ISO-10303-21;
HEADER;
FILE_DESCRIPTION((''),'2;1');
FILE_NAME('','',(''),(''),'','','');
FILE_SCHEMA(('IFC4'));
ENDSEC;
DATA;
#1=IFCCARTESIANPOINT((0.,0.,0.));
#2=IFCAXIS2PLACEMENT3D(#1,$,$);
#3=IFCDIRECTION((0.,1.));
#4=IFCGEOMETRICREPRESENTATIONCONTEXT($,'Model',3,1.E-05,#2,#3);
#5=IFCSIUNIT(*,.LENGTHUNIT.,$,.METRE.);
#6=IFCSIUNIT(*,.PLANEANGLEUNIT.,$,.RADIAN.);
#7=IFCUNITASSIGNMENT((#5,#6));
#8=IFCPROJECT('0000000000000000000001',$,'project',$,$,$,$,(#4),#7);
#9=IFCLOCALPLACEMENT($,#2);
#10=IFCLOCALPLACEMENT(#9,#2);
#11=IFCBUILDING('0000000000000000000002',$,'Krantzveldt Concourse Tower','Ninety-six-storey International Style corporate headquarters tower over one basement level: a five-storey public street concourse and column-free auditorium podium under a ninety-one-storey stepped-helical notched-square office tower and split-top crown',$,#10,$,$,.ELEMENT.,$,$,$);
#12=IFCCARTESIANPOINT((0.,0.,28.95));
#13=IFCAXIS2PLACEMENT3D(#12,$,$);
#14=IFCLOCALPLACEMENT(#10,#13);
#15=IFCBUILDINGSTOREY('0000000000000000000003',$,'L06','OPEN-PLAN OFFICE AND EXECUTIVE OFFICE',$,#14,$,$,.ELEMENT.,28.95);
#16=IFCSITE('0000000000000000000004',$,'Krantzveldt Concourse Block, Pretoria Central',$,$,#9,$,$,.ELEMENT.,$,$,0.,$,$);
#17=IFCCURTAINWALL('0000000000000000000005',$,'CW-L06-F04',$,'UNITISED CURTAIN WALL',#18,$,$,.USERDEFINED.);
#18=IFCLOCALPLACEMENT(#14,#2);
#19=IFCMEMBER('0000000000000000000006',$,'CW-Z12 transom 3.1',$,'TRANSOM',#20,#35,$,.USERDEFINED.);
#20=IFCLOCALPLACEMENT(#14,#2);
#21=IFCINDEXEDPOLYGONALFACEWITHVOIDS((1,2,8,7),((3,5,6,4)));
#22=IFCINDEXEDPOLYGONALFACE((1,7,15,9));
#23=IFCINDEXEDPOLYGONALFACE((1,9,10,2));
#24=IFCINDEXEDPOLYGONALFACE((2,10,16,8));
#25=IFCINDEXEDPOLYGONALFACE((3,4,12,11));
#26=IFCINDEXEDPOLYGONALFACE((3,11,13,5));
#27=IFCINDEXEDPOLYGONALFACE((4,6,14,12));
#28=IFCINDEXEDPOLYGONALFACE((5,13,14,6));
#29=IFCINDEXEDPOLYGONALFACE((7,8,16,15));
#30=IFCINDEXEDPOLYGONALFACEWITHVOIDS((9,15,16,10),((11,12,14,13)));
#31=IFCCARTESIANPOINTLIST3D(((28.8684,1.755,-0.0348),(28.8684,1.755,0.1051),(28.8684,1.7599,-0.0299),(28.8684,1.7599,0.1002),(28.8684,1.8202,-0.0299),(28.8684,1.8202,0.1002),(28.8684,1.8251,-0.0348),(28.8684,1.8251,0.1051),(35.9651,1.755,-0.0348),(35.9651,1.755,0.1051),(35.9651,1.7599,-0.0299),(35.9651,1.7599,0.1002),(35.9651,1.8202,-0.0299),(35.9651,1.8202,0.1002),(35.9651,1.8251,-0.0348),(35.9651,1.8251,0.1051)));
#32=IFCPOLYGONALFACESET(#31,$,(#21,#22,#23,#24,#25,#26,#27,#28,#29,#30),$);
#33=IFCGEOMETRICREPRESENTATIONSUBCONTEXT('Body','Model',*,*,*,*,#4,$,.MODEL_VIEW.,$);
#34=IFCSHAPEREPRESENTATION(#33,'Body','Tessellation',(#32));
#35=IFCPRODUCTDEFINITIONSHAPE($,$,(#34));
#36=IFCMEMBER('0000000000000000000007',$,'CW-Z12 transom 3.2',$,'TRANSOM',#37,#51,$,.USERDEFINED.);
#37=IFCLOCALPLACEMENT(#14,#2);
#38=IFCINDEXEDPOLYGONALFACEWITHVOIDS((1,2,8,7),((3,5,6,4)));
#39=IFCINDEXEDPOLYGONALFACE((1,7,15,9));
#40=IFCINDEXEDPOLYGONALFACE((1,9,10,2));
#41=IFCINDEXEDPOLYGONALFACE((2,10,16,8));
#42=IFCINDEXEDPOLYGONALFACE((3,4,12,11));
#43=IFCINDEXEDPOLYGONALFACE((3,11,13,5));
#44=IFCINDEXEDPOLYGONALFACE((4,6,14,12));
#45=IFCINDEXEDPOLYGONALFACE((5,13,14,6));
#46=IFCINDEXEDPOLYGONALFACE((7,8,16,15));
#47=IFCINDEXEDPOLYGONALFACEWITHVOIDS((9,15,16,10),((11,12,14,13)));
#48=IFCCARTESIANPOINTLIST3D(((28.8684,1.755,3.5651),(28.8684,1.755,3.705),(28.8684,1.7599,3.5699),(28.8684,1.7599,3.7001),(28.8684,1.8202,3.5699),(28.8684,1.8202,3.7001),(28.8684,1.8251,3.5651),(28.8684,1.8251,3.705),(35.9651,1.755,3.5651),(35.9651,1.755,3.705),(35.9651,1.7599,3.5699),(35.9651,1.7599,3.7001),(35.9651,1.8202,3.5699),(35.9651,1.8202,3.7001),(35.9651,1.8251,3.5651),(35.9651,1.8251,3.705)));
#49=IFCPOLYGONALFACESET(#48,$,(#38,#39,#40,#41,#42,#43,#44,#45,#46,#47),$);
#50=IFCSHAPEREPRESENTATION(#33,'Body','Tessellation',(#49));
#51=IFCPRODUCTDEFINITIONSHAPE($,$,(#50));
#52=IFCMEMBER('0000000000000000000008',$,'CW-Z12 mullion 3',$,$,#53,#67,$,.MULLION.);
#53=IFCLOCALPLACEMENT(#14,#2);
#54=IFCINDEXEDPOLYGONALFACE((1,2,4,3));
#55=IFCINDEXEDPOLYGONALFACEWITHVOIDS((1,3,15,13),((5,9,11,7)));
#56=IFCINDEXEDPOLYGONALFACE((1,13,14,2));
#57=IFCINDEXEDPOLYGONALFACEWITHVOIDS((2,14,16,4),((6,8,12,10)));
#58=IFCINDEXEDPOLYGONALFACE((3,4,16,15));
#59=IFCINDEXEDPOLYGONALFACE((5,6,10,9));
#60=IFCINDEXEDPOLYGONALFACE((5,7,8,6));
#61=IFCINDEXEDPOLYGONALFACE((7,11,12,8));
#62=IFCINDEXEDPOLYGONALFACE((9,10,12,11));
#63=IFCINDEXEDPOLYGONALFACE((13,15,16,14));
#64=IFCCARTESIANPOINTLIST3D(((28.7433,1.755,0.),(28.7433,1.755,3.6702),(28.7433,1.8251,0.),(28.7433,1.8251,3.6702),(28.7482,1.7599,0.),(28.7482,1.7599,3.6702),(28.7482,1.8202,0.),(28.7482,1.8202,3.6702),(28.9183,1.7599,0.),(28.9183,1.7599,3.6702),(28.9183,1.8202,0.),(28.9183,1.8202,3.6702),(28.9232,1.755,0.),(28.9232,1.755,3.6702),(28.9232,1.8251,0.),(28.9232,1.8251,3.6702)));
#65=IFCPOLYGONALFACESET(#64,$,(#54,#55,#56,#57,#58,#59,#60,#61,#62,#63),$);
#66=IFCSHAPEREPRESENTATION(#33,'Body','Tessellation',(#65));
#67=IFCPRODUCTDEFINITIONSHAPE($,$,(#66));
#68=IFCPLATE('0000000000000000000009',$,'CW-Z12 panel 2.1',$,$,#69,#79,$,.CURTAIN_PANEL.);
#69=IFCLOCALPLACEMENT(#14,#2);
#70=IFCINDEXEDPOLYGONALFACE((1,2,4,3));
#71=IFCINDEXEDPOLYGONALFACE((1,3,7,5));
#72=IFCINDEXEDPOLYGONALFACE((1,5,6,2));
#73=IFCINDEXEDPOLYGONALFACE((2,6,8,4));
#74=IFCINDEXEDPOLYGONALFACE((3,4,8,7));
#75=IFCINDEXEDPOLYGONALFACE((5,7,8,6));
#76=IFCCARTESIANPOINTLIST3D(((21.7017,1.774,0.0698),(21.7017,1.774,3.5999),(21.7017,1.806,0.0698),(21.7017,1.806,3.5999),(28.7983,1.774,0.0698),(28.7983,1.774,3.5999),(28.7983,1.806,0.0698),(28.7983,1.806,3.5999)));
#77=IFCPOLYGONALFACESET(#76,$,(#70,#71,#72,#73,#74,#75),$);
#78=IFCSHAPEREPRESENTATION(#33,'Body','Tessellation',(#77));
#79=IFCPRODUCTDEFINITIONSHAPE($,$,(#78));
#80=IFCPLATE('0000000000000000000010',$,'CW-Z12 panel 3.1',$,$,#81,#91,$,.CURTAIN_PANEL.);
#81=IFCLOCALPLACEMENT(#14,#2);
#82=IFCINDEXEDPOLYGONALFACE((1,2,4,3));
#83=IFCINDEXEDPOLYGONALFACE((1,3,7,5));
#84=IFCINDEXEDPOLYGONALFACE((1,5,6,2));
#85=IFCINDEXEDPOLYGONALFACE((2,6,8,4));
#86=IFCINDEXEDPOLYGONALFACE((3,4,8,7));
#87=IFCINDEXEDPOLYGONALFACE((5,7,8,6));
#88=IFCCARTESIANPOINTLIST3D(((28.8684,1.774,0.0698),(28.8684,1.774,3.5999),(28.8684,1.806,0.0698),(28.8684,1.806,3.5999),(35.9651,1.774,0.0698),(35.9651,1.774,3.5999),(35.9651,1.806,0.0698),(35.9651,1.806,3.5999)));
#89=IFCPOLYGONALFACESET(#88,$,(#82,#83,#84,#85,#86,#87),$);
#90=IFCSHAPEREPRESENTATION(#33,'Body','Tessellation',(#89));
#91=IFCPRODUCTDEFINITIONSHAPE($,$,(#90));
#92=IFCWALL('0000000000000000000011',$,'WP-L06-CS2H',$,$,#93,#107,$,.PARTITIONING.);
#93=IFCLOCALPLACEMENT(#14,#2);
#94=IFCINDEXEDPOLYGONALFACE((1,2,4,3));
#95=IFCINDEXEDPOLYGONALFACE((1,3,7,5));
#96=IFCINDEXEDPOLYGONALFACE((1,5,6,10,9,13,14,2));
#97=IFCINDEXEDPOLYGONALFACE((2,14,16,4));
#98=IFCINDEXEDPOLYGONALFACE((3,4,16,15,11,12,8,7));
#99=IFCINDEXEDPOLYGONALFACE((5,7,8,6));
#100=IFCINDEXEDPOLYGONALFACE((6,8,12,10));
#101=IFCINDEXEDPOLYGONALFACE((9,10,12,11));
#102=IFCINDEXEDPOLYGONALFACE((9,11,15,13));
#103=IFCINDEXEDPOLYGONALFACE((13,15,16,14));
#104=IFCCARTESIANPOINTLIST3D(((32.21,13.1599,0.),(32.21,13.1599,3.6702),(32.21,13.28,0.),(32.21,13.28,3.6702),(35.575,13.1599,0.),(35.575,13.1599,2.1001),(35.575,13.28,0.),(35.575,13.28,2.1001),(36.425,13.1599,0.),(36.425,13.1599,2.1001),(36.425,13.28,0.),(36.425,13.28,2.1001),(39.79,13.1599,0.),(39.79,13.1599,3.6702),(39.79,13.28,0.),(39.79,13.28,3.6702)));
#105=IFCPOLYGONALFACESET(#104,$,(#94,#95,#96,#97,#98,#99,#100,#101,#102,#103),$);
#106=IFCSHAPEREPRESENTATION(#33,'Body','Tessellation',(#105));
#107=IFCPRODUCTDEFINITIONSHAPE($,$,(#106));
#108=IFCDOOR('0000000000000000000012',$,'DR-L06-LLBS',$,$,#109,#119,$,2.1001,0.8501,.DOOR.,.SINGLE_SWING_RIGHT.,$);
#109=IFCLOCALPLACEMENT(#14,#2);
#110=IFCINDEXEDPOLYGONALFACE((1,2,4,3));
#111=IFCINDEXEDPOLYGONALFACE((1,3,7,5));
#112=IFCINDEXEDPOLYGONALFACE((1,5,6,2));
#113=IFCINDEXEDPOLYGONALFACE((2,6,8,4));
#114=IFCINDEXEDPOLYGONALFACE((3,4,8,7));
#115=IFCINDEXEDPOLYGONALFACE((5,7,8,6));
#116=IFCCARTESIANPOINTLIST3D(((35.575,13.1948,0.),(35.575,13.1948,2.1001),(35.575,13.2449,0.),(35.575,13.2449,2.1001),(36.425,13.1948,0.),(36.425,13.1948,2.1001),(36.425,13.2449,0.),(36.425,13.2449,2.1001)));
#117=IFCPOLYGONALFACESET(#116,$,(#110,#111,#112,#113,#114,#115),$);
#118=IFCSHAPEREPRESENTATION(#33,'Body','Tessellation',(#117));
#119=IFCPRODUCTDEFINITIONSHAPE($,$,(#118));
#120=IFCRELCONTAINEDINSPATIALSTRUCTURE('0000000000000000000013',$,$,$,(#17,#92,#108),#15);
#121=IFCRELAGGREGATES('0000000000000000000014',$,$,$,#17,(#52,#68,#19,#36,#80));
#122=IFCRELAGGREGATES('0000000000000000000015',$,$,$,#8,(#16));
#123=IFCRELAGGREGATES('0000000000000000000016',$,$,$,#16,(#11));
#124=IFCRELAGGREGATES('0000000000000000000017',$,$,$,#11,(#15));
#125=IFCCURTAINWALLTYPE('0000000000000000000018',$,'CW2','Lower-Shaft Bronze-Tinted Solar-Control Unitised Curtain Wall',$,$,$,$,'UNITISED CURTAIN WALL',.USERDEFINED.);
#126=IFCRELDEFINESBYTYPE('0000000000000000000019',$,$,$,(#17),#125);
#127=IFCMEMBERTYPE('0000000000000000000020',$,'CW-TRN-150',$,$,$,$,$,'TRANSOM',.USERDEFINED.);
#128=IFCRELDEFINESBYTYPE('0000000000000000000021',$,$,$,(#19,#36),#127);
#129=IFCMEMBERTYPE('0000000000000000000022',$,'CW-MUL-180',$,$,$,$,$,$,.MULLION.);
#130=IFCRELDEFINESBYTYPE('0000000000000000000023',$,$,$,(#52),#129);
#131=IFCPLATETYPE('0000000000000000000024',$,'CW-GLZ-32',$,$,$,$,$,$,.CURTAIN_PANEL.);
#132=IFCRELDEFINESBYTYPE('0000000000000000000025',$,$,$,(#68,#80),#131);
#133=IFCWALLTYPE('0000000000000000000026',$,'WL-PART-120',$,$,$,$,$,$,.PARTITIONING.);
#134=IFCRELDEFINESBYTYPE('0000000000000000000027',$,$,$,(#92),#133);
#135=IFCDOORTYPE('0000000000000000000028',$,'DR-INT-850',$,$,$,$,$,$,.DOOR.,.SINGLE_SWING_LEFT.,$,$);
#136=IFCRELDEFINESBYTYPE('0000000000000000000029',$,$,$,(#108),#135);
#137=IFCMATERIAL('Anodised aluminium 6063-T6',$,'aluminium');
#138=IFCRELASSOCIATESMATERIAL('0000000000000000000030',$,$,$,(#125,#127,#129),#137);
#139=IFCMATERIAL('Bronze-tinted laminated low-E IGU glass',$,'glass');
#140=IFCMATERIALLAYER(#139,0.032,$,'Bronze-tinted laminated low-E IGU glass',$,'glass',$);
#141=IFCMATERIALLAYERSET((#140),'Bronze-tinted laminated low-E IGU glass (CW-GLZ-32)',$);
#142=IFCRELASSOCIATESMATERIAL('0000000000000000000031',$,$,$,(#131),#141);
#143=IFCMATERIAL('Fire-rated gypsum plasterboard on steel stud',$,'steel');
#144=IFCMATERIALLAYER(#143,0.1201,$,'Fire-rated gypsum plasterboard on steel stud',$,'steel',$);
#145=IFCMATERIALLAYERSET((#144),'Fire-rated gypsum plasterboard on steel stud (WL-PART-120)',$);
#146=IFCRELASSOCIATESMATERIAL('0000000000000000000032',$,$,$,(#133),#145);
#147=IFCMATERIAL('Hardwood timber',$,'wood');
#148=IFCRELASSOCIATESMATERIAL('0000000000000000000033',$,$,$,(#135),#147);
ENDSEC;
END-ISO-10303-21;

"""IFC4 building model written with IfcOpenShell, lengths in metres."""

from ifc_helpers import new_model, si_unit, direction, frame, frame_2d, origin, origin_2d, place, context, subcontext, project, spatial, rectangle, hollow_rectangle, extrude, source, transform, mapped, material, layer, layer_set, material_profile, profile_set, type_object, type_shapes, element, fill, aggregate, save


model = new_model("IFC4")

# Units and contexts
model_context = context("Model", 3, precision=1e-05, world=origin(), true_north=direction((0.0, 1.0)))
body_context = subcontext(model_context, "Body", "Model", "MODEL_VIEW")
ifc_project = project(units=[si_unit("LENGTHUNIT", "METRE"), si_unit("PLANEANGLEUNIT", "RADIAN")], contexts=[model_context])

# Site, building, storey
site_placement = place(None, origin())
site = spatial("IfcSite", under=ifc_project, at=site_placement, Name="Krantzveldt Concourse Block, Pretoria Central", CompositionType="ELEMENT", RefElevation=0.0)
building_placement = place(site_placement, origin())
building = spatial("IfcBuilding", under=site, at=building_placement, Name="Krantzveldt Concourse Tower", Description="Ninety-six-storey International Style corporate headquarters tower over one basement level: a five-storey public street concourse and column-free auditorium podium under a ninety-one-storey stepped-helical notched-square office tower and split-top crown", CompositionType="ELEMENT")
storey_placement = place(building_placement, frame((0.0, 0.0, 28.95)))
storey = spatial("IfcBuildingStorey", under=building, at=storey_placement, Name="L06", Description="OPEN-PLAN OFFICE AND EXECUTIVE OFFICE", CompositionType="ELEMENT", Elevation=28.95)

# Curtain wall, members, plates
ifc_material_1 = material(Name="Anodised aluminium 6063-T6", Category="aluminium")
curtain_wall_type = type_object("IfcCurtainWallType", Name="CW2", Description="Lower-Shaft Bronze-Tinted Solar-Control Unitised Curtain Wall", ElementType="UNITISED CURTAIN WALL", PredefinedType="USERDEFINED", material=ifc_material_1)
curtain_wall_placement = place(storey_placement, origin())
curtain_wall = element("IfcCurtainWall", 1, at=curtain_wall_placement, inside=storey, type_object=curtain_wall_type, Name="CW-L06-F04", ObjectType="UNITISED CURTAIN WALL", PredefinedType="USERDEFINED")
ifc_material_profile_1 = material_profile(ifc_material_1, hollow_rectangle(XDim=0.0701, YDim=0.1399, WallThickness=0.0049, at=origin_2d()), Name="Anodised aluminium 6063-T6", Category="aluminium")
ifc_profile_set_1 = profile_set([ifc_material_profile_1], Name="Anodised aluminium 6063-T6 - ALU-TRAN 140x70x5")
member_type_1 = type_object("IfcMemberType", Name="CW-TRN-150", ElementType="TRANSOM", PredefinedType="USERDEFINED", material=ifc_profile_set_1)
shared_shape_1 = source(origin(), body_context, "Body", "SweptSolid", [
    extrude(hollow_rectangle(XDim=0.0701, YDim=0.1399, WallThickness=0.0049, at=origin_2d()), origin(), (0.0, 0.0, 1.0), 7.0967),
])
type_shapes(member_type_1, [shared_shape_1])
member_1_placement = place(storey_placement, frame((28.8684, 1.79, 0.0352), z_axis=(1.0, 0.0, 0.0), x_axis=(0.0, 1.0, 0.0)))
member_1 = element("IfcMember", 2, at=member_1_placement, type_object=member_type_1, Name="CW-Z12 transom 3.1", ObjectType="TRANSOM", PredefinedType="USERDEFINED", context=body_context, shape_type="MappedRepresentation", body=[
    mapped(shared_shape_1, transform((0.0, 0.0, 0.0), x_axis=(1.0, 0.0, 0.0), y_axis=(0.0, 1.0, 0.0), z_axis=(0.0, 0.0, 1.0), scale=1.0)),
])
member_2_placement = place(storey_placement, frame((28.8684, 1.79, 3.635), z_axis=(1.0, 0.0, 0.0), x_axis=(0.0, 1.0, 0.0)))
member_2 = element("IfcMember", 3, at=member_2_placement, type_object=member_type_1, Name="CW-Z12 transom 3.2", ObjectType="TRANSOM", PredefinedType="USERDEFINED", context=body_context, shape_type="MappedRepresentation", body=[
    mapped(shared_shape_1, transform((0.0, 0.0, 0.0), x_axis=(1.0, 0.0, 0.0), y_axis=(0.0, 1.0, 0.0), z_axis=(0.0, 0.0, 1.0), scale=1.0)),
])
ifc_material_profile_2 = material_profile(ifc_material_1, hollow_rectangle(XDim=0.0701, YDim=0.1799, WallThickness=0.0049, at=origin_2d()), Name="Anodised aluminium 6063-T6", Category="aluminium")
ifc_profile_set_2 = profile_set([ifc_material_profile_2], Name="Anodised aluminium 6063-T6 - ALU-MULL 180x70x5")
member_type_2 = type_object("IfcMemberType", Name="CW-MUL-180", PredefinedType="MULLION", material=ifc_profile_set_2)
shared_shape_2 = source(origin(), body_context, "Body", "SweptSolid", [
    extrude(hollow_rectangle(XDim=0.0701, YDim=0.1799, WallThickness=0.0049, at=origin_2d()), origin(), (0.0, 0.0, 1.0), 3.6702),
])
type_shapes(member_type_2, [shared_shape_2])
member_3_placement = place(storey_placement, frame((28.8333, 1.79, 0.0), z_axis=(0.0, 0.0, 1.0), x_axis=(0.0, 1.0, 0.0)))
member_3 = element("IfcMember", 4, at=member_3_placement, type_object=member_type_2, Name="CW-Z12 mullion 3", PredefinedType="MULLION", context=body_context, shape_type="MappedRepresentation", body=[
    mapped(shared_shape_2, transform((0.0, 0.0, 0.0), x_axis=(1.0, 0.0, 0.0), y_axis=(0.0, 1.0, 0.0), z_axis=(0.0, 0.0, 1.0), scale=1.0)),
])
ifc_material_2 = material(Name="Bronze-tinted laminated low-E IGU glass", Category="glass")
ifc_layer_1 = layer(ifc_material_2, 0.032, Name="Bronze-tinted laminated low-E IGU glass", Category="glass")
ifc_layer_set_1 = layer_set([ifc_layer_1], Name="Bronze-tinted laminated low-E IGU glass (CW-GLZ-32)")
plate_type = type_object("IfcPlateType", Name="CW-GLZ-32", PredefinedType="CURTAIN_PANEL", material=ifc_layer_set_1)
shared_shape_3 = source(origin(), body_context, "Body", "SweptSolid", [
    extrude(rectangle(XDim=7.0967, YDim=0.032, at=origin_2d()), origin(), (0.0, 0.0, 1.0), 3.53),
])
type_shapes(plate_type, [shared_shape_3])
plate_1_placement = place(storey_placement, frame((25.25, 1.79, 0.0698), z_axis=(0.0, 0.0, 1.0), x_axis=(1.0, 0.0, 0.0)))
plate_1 = element("IfcPlate", 5, at=plate_1_placement, type_object=plate_type, Name="CW-Z12 panel 2.1", PredefinedType="CURTAIN_PANEL", context=body_context, shape_type="MappedRepresentation", body=[
    mapped(shared_shape_3, transform((0.0, 0.0, 0.0), x_axis=(1.0, 0.0, 0.0), y_axis=(0.0, 1.0, 0.0), z_axis=(0.0, 0.0, 1.0), scale=1.0)),
])
plate_2_placement = place(storey_placement, frame((32.4167, 1.79, 0.0698), z_axis=(0.0, 0.0, 1.0), x_axis=(1.0, 0.0, 0.0)))
plate_2 = element("IfcPlate", 6, at=plate_2_placement, type_object=plate_type, Name="CW-Z12 panel 3.1", PredefinedType="CURTAIN_PANEL", context=body_context, shape_type="MappedRepresentation", body=[
    mapped(shared_shape_3, transform((0.0, 0.0, 0.0), x_axis=(1.0, 0.0, 0.0), y_axis=(0.0, 1.0, 0.0), z_axis=(0.0, 0.0, 1.0), scale=1.0)),
])
aggregate(curtain_wall, [member_3, plate_1, member_1, member_2, plate_2])

# Wall, opening, door
ifc_material_3 = material(Name="Fire-rated gypsum plasterboard on steel stud", Category="steel")
ifc_layer_2 = layer(ifc_material_3, 0.1201, Name="Fire-rated gypsum plasterboard on steel stud", Category="steel")
ifc_layer_set_2 = layer_set([ifc_layer_2], Name="Fire-rated gypsum plasterboard on steel stud (WL-PART-120)")
wall_type_1 = type_object("IfcWallType", Name="WL-PART-120", PredefinedType="PARTITIONING", material=ifc_layer_set_2)
wall_1_placement = place(storey_placement, frame((32.21, 13.22, 0.0), z_axis=(0.0, 0.0, 1.0), x_axis=(1.0, 0.0, 0.0)))
wall_1 = element("IfcWall", 7, at=wall_1_placement, inside=storey, type_object=wall_type_1, Name="WP-L06-CS2H", PredefinedType="PARTITIONING", context=body_context, shape_type="SweptSolid", body=[
    extrude(rectangle(XDim=7.5801, YDim=0.1201, at=frame_2d((3.79, 0.0))), origin(), (0.0, 0.0, 1.0), 3.6702),
])
opening_1_placement = place(wall_1_placement, frame((3.365, 0.0, 0.0)))
opening_1 = element("IfcOpeningElement", 8, at=opening_1_placement, cuts=wall_1, PredefinedType="OPENING", context=body_context, shape_type="SweptSolid", body=[
    extrude(rectangle(XDim=0.8501, YDim=2.1001, at=frame_2d((0.425, 1.05))), frame((0.0, 0.0701, 0.0), z_axis=(0.0, -1.0, 0.0), x_axis=(1.0, 0.0, 0.0)), (0.0, 0.0, 1.0), 0.1401),
])
ifc_material_4 = material(Name="Hardwood timber", Category="wood")
door_type_1 = type_object("IfcDoorType", Name="DR-INT-850", OperationType="SINGLE_SWING_LEFT", PredefinedType="DOOR", material=ifc_material_4)
door_1_placement = place(opening_1_placement, origin())
door_1 = element("IfcDoor", 9, at=door_1_placement, inside=storey, type_object=door_type_1, Name="DR-L06-LLBS", OperationType="SINGLE_SWING_RIGHT", OverallHeight=2.1001, OverallWidth=0.8501, PredefinedType="DOOR", context=body_context, shape_type="SweptSolid", body=[
    extrude(rectangle(XDim=0.8501, YDim=2.1001, at=frame_2d((0.425, 1.05))), frame((0.0, 0.0249, 0.0), z_axis=(0.0, -1.0, 0.0), x_axis=(1.0, 0.0, 0.0)), (0.0, 0.0, 1.0), 0.05),
])
fill(opening_1, door_1)

save(model, "model.ifc")
